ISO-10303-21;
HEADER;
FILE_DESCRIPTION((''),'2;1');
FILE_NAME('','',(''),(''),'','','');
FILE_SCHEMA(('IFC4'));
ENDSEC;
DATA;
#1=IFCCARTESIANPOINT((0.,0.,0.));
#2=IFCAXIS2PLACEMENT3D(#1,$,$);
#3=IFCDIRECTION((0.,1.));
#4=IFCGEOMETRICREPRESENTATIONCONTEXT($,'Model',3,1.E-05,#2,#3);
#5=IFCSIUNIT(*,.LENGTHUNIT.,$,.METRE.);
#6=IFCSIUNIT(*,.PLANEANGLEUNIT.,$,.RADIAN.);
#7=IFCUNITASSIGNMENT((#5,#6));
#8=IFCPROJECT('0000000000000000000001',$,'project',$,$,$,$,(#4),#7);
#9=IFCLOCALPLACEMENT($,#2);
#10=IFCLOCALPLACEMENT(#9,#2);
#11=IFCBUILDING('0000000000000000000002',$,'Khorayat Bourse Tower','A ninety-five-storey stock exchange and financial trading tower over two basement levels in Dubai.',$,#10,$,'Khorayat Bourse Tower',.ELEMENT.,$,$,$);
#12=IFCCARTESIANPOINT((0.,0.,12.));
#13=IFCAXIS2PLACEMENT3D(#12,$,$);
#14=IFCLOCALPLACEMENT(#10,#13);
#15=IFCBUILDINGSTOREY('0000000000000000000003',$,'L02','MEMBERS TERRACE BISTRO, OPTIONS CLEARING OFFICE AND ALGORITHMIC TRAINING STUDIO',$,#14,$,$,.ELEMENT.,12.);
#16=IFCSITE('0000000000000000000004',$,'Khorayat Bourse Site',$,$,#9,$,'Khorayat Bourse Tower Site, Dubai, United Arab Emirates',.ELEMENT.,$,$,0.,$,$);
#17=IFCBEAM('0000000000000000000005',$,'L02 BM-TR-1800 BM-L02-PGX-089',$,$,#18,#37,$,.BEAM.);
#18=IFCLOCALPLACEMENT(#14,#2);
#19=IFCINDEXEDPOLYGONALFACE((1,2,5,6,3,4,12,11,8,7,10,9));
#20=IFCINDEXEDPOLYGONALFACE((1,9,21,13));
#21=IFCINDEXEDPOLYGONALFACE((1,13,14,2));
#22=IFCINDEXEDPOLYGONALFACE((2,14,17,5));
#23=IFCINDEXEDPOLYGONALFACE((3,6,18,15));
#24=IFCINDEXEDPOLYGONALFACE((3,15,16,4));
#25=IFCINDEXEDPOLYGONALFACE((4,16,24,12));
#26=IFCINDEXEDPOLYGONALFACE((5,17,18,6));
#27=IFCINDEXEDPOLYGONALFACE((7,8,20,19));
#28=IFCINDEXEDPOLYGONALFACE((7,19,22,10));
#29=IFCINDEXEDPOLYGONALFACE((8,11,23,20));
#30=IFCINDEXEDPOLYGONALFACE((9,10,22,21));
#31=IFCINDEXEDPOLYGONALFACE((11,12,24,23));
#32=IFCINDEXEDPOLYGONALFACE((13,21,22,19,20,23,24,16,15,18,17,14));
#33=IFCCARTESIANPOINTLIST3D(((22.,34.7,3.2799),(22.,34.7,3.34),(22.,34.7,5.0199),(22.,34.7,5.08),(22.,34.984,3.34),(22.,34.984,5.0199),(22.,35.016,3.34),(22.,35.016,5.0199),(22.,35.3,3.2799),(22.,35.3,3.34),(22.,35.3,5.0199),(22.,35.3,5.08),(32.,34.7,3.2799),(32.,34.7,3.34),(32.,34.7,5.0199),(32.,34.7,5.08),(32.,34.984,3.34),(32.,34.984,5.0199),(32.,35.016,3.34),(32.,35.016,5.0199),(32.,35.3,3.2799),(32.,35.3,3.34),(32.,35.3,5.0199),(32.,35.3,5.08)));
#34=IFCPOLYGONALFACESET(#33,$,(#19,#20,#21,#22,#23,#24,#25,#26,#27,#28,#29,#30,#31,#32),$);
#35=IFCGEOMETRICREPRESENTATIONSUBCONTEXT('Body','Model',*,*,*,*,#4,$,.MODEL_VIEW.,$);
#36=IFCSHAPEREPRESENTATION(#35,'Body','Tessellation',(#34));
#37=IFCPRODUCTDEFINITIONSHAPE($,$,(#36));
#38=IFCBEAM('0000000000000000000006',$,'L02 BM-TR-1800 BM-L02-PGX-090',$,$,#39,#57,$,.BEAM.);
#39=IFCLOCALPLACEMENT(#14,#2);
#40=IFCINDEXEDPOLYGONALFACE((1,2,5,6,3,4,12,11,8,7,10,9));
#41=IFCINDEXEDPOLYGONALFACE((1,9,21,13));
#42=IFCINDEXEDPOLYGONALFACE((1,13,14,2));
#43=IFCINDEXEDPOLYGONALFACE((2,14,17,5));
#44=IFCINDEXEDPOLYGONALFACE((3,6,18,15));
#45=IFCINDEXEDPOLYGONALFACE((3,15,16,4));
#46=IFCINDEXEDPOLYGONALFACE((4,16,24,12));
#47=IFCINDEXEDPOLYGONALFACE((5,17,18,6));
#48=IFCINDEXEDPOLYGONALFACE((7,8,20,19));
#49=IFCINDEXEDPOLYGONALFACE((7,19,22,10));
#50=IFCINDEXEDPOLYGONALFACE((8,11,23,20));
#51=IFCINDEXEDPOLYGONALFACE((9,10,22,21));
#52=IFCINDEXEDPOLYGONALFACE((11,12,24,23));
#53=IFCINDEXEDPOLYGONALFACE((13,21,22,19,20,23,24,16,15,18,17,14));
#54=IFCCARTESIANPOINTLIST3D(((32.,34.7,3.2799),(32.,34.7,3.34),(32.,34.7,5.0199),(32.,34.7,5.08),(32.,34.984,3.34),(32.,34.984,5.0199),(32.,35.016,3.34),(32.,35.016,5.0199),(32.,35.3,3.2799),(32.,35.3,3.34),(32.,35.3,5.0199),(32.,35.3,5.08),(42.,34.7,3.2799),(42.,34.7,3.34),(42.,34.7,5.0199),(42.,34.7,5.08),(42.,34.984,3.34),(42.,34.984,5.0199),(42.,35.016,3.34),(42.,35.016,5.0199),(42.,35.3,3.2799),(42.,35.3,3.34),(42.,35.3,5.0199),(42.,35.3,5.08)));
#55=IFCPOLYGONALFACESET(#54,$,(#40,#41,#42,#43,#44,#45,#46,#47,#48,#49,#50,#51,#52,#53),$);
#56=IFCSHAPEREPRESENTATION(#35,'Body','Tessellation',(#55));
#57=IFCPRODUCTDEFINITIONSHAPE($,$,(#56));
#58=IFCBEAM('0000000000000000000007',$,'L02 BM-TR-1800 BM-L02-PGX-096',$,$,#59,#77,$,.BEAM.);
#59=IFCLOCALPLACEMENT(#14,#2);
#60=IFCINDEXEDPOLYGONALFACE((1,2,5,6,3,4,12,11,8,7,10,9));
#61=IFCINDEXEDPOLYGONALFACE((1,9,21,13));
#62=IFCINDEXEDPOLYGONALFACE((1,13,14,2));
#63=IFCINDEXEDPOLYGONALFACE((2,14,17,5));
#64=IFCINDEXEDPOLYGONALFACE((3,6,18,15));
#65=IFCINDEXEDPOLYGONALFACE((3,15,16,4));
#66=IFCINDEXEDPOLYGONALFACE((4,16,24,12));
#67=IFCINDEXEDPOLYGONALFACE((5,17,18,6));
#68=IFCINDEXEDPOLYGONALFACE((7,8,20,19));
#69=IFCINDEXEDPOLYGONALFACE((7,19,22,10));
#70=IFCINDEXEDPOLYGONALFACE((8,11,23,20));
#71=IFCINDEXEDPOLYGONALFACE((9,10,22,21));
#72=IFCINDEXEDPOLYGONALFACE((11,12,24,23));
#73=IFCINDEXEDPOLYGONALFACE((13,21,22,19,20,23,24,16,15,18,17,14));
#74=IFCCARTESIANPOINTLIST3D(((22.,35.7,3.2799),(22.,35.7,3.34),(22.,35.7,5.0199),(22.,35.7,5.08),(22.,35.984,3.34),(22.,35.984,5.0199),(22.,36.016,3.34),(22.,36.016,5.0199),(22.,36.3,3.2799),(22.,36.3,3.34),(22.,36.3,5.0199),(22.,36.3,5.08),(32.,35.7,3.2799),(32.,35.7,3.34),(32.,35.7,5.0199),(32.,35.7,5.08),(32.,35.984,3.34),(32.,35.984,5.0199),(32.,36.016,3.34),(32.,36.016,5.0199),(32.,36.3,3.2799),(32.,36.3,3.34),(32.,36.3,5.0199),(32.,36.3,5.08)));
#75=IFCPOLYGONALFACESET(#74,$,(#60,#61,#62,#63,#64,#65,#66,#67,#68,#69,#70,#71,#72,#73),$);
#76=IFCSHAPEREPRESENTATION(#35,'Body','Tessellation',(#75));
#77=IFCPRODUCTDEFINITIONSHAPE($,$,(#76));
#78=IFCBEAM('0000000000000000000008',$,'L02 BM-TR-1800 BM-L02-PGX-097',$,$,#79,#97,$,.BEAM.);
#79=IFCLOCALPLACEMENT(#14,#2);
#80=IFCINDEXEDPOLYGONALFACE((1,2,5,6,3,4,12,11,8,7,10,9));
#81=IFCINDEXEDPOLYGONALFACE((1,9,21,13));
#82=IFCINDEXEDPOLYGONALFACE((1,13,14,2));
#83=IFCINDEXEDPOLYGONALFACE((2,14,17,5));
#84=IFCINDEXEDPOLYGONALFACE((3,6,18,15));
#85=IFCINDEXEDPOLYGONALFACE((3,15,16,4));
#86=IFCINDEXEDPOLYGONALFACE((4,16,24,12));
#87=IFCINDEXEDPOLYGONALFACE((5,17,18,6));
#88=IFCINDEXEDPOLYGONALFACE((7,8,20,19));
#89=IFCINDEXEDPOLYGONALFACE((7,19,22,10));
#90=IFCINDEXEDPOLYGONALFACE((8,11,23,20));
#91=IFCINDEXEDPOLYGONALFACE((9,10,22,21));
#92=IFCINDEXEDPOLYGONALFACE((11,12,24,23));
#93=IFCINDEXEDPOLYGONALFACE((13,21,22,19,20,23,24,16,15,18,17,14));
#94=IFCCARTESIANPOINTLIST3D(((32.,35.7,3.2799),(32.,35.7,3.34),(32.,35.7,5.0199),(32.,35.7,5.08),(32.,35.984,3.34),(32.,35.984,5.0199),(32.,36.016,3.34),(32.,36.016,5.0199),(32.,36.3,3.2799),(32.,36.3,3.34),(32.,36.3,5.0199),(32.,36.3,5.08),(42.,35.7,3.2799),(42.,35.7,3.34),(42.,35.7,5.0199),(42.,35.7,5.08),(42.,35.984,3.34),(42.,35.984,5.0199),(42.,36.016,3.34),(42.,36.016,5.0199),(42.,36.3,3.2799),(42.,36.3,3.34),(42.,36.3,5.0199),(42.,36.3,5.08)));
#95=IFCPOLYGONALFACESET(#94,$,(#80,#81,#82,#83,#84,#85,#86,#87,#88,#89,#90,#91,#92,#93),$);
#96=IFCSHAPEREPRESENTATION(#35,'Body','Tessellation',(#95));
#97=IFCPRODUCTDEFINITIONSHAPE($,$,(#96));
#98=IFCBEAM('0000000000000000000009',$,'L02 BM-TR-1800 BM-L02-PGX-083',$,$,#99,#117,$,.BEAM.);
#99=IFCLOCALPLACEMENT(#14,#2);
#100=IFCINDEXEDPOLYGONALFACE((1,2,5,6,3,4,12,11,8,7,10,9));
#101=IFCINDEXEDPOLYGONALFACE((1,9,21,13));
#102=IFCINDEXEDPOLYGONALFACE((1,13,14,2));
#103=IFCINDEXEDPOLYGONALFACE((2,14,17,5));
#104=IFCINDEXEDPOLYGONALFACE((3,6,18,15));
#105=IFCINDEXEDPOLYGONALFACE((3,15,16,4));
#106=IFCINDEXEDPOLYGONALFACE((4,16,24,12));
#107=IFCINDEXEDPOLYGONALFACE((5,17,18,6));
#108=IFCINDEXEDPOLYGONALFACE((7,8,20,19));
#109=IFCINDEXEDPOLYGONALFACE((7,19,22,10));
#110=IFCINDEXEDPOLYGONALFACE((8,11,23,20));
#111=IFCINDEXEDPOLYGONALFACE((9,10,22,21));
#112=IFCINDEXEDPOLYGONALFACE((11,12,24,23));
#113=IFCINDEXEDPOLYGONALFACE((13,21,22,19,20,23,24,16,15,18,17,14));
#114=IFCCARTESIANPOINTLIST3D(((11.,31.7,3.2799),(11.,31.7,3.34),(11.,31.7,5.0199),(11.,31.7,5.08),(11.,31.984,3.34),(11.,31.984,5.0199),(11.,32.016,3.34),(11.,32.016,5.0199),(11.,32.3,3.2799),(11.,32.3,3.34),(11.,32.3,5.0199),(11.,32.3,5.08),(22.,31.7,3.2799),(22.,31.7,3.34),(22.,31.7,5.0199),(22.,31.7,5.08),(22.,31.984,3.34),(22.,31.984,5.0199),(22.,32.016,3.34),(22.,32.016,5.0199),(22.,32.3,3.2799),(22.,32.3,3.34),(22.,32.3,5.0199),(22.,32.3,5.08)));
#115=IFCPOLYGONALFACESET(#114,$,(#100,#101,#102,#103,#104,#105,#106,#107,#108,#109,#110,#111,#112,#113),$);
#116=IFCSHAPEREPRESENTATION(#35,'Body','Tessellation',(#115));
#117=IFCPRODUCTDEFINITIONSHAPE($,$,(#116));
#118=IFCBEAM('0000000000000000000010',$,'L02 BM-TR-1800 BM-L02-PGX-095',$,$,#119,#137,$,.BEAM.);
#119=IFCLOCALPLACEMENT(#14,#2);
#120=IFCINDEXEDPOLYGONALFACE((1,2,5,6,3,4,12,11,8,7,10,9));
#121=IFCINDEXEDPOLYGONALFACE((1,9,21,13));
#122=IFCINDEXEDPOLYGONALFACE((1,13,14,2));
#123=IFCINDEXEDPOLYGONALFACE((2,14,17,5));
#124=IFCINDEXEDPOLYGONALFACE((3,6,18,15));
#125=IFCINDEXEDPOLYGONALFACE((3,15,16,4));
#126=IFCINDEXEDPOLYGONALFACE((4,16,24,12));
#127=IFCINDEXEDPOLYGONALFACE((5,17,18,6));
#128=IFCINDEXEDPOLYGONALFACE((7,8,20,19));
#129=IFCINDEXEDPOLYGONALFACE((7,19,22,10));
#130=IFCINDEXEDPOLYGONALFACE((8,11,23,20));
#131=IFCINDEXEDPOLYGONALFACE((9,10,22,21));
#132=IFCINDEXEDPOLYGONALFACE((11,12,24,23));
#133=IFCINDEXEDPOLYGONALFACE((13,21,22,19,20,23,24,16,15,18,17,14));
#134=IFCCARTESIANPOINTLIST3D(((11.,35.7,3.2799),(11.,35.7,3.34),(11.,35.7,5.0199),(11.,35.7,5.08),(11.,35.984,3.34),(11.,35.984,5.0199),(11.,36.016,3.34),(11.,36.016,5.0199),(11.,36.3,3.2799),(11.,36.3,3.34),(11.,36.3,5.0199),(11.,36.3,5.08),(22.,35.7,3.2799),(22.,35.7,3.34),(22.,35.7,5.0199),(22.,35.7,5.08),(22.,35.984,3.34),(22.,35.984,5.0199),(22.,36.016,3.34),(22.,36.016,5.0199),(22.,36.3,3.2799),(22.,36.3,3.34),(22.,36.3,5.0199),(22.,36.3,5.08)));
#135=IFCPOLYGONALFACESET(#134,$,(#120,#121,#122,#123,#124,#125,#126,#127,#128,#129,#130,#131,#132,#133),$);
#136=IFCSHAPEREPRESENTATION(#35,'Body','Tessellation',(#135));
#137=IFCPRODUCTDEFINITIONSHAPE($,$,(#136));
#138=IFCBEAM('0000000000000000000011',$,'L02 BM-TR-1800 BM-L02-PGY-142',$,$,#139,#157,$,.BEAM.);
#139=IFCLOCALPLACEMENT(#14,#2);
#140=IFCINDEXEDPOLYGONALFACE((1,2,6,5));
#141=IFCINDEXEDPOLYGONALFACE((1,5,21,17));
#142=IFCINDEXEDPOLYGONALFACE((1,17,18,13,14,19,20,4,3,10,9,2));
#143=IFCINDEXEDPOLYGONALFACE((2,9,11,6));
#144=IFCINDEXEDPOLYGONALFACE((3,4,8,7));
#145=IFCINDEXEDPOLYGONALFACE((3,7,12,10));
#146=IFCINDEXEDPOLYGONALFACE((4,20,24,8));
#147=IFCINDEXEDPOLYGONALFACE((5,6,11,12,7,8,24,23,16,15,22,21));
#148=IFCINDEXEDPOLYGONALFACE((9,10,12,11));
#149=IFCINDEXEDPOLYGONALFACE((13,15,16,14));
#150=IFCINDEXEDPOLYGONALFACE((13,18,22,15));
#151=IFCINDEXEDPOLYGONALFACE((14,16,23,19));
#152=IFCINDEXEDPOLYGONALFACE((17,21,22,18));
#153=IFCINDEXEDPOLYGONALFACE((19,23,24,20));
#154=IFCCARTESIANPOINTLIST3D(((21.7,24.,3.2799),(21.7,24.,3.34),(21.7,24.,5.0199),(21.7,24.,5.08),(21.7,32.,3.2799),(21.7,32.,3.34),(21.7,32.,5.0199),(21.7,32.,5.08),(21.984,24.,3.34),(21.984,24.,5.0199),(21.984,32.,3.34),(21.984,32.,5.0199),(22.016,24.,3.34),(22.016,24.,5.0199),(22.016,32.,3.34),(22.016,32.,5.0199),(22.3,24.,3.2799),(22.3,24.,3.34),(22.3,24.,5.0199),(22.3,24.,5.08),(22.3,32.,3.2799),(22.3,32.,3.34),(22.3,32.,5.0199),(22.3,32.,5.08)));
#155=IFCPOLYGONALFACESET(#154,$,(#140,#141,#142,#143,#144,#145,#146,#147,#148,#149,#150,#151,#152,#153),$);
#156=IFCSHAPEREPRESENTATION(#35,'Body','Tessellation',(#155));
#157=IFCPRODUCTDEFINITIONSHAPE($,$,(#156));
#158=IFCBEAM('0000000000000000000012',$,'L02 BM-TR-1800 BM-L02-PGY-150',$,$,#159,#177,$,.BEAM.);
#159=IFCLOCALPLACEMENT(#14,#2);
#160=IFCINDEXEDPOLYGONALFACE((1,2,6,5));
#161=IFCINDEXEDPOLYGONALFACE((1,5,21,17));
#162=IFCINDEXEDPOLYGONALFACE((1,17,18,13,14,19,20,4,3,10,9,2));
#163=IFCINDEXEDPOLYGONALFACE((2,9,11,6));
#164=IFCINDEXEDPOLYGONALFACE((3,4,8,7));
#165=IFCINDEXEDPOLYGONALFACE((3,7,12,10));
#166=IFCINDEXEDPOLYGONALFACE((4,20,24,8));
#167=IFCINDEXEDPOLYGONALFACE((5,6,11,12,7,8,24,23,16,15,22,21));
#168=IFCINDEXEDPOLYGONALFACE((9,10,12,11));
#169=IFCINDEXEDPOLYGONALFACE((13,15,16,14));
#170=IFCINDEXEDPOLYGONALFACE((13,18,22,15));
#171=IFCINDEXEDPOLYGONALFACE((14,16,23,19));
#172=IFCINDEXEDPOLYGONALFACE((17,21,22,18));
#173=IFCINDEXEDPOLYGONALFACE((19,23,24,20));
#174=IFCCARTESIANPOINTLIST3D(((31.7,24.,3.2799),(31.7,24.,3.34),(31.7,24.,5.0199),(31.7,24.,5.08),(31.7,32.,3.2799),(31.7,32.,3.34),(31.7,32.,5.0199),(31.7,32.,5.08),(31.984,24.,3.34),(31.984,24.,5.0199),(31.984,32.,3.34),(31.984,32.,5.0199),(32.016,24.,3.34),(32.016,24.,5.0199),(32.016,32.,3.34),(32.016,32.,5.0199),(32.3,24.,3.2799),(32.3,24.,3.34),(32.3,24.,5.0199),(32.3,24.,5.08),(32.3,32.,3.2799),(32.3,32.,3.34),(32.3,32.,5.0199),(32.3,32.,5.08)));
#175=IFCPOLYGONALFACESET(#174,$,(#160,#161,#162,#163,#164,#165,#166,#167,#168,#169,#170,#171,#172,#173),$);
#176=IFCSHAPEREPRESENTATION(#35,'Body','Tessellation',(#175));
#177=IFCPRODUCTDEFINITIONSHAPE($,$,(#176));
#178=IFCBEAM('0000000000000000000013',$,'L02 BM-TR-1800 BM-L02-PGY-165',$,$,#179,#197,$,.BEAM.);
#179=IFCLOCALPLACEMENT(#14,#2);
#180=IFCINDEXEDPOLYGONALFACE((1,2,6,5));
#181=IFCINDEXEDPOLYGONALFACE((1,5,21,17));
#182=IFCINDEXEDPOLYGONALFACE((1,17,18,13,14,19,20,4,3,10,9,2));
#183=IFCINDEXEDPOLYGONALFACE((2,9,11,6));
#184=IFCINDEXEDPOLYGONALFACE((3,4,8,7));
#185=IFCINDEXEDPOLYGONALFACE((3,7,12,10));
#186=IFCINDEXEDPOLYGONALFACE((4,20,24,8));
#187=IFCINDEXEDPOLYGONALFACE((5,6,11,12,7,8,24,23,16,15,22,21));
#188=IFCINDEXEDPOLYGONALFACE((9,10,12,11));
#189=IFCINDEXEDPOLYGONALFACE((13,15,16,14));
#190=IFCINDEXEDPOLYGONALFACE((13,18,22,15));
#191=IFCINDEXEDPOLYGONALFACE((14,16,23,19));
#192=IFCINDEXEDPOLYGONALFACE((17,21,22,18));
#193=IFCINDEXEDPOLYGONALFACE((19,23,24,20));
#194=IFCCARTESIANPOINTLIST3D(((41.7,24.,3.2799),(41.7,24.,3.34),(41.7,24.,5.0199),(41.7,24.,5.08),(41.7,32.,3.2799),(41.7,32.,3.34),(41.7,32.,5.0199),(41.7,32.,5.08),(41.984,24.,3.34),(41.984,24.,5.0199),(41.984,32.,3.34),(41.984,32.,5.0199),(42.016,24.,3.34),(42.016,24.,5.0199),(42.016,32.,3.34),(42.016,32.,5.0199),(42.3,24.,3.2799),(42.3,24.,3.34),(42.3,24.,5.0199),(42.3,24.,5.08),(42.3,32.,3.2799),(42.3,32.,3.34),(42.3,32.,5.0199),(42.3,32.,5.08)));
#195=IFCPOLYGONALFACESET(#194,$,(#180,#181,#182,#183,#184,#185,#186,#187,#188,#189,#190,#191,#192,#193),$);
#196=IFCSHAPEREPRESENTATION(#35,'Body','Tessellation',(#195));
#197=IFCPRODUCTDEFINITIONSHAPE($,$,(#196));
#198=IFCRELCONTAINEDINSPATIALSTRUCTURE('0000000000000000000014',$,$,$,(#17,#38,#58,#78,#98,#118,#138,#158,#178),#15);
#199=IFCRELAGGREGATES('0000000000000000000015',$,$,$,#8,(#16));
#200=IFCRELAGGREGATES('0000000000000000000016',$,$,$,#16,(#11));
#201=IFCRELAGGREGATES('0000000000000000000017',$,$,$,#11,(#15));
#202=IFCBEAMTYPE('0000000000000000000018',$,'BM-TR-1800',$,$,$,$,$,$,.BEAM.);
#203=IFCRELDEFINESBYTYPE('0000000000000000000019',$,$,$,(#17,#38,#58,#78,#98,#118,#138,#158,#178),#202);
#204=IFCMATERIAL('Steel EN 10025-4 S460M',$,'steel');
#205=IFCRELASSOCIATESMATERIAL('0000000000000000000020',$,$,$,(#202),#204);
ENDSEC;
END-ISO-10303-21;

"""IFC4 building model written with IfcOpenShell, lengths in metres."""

from ifc_helpers import new_model, si_unit, direction, frame, origin, origin_2d, place, context, subcontext, project, spatial, i_section, extrude, source, transform, mapped, material, material_profile, profile_set, type_object, element, save


model = new_model("IFC4")

# Units and contexts
model_context = context("Model", 3, precision=1e-05, world=origin(), true_north=direction((0.0, 1.0)))
body_context = subcontext(model_context, "Body", "Model", "MODEL_VIEW")
ifc_project = project(units=[si_unit("LENGTHUNIT", "METRE"), si_unit("PLANEANGLEUNIT", "RADIAN")], contexts=[model_context])

# Site, building, storey
site_placement = place(None, origin())
site = spatial("IfcSite", under=ifc_project, at=site_placement, Name="Khorayat Bourse Site", LongName="Khorayat Bourse Tower Site, Dubai, United Arab Emirates", CompositionType="ELEMENT", RefElevation=0.0)
building_placement = place(site_placement, origin())
building = spatial("IfcBuilding", under=site, at=building_placement, Name="Khorayat Bourse Tower", Description="A ninety-five-storey stock exchange and financial trading tower over two basement levels in Dubai.", LongName="Khorayat Bourse Tower", CompositionType="ELEMENT")
storey_placement = place(building_placement, frame((0.0, 0.0, 12.0)))
storey = spatial("IfcBuildingStorey", under=building, at=storey_placement, Name="L02", Description="MEMBERS TERRACE BISTRO, OPTIONS CLEARING OFFICE AND ALGORITHMIC TRAINING STUDIO", CompositionType="ELEMENT", Elevation=12.0)

# Beams
ifc_material_1 = material(Name="Steel EN 10025-4 S460M", Category="steel")
ifc_material_profile_1 = material_profile(ifc_material_1, i_section(OverallWidth=0.6001, OverallDepth=1.8, WebThickness=0.032, FlangeThickness=0.0601, at=origin_2d()), Name="PG 1800x600x32x60")
ifc_profile_set_1 = profile_set([ifc_material_profile_1], Name="Steel EN 10025-4 S460M")
beam_type_1 = type_object("IfcBeamType", Name="BM-TR-1800", PredefinedType="BEAM", material=ifc_profile_set_1)
shared_shape_1 = source(origin(), body_context, "Body", "SweptSolid", [
    extrude(i_section(OverallWidth=0.6001, OverallDepth=1.8, WebThickness=0.032, FlangeThickness=0.0601, at=origin_2d()), origin(), (0.0, 0.0, 1.0), 10.0),
])
for number, where, z_axis, x_axis, name in (
    (1, (22.0, 35.0, 4.1799), (1.0, 0.0, 0.0), (0.0, 1.0, 0.0), "L02 BM-TR-1800 BM-L02-PGX-089"),
    (2, (32.0, 35.0, 4.1799), (1.0, 0.0, 0.0), (0.0, 1.0, 0.0), "L02 BM-TR-1800 BM-L02-PGX-090"),
    (3, (22.0, 36.0, 4.1799), (1.0, 0.0, 0.0), (0.0, 1.0, 0.0), "L02 BM-TR-1800 BM-L02-PGX-096"),
    (4, (32.0, 36.0, 4.1799), (1.0, 0.0, 0.0), (0.0, 1.0, 0.0), "L02 BM-TR-1800 BM-L02-PGX-097"),
):
    element("IfcBeam", number, at=place(storey_placement, frame(where, z_axis=z_axis, x_axis=x_axis)), inside=storey, type_object=beam_type_1, Name=name, PredefinedType="BEAM", context=body_context, shape_type="MappedRepresentation", body=[
        mapped(shared_shape_1, transform((0.0, 0.0, 0.0), scale=1.0)),
    ])
shared_shape_2 = source(origin(), body_context, "Body", "SweptSolid", [
    extrude(i_section(OverallWidth=0.6001, OverallDepth=1.8, WebThickness=0.032, FlangeThickness=0.0601, at=origin_2d()), origin(), (0.0, 0.0, 1.0), 11.0),
])
for number, where, z_axis, x_axis, name in (
    (5, (11.0, 32.0, 4.1799), (1.0, 0.0, 0.0), (0.0, 1.0, 0.0), "L02 BM-TR-1800 BM-L02-PGX-083"),
    (6, (11.0, 36.0, 4.1799), (1.0, 0.0, 0.0), (0.0, 1.0, 0.0), "L02 BM-TR-1800 BM-L02-PGX-095"),
):
    element("IfcBeam", number, at=place(storey_placement, frame(where, z_axis=z_axis, x_axis=x_axis)), inside=storey, type_object=beam_type_1, Name=name, PredefinedType="BEAM", context=body_context, shape_type="MappedRepresentation", body=[
        mapped(shared_shape_2, transform((0.0, 0.0, 0.0), scale=1.0)),
    ])
shared_shape_3 = source(origin(), body_context, "Body", "SweptSolid", [
    extrude(i_section(OverallWidth=0.6001, OverallDepth=1.8, WebThickness=0.032, FlangeThickness=0.0601, at=origin_2d()), origin(), (0.0, 0.0, 1.0), 8.0),
])
for number, where, z_axis, x_axis, name in (
    (7, (22.0, 24.0, 4.1799), (0.0, 1.0, 0.0), (-1.0, 0.0, 0.0), "L02 BM-TR-1800 BM-L02-PGY-142"),
    (8, (32.0, 24.0, 4.1799), (0.0, 1.0, 0.0), (-1.0, 0.0, 0.0), "L02 BM-TR-1800 BM-L02-PGY-150"),
    (9, (42.0, 24.0, 4.1799), (0.0, 1.0, 0.0), (-1.0, 0.0, 0.0), "L02 BM-TR-1800 BM-L02-PGY-165"),
):
    element("IfcBeam", number, at=place(storey_placement, frame(where, z_axis=z_axis, x_axis=x_axis)), inside=storey, type_object=beam_type_1, Name=name, PredefinedType="BEAM", context=body_context, shape_type="MappedRepresentation", body=[
        mapped(shared_shape_3, transform((0.0, 0.0, 0.0), scale=1.0)),
    ])

save(model, "model.ifc")
